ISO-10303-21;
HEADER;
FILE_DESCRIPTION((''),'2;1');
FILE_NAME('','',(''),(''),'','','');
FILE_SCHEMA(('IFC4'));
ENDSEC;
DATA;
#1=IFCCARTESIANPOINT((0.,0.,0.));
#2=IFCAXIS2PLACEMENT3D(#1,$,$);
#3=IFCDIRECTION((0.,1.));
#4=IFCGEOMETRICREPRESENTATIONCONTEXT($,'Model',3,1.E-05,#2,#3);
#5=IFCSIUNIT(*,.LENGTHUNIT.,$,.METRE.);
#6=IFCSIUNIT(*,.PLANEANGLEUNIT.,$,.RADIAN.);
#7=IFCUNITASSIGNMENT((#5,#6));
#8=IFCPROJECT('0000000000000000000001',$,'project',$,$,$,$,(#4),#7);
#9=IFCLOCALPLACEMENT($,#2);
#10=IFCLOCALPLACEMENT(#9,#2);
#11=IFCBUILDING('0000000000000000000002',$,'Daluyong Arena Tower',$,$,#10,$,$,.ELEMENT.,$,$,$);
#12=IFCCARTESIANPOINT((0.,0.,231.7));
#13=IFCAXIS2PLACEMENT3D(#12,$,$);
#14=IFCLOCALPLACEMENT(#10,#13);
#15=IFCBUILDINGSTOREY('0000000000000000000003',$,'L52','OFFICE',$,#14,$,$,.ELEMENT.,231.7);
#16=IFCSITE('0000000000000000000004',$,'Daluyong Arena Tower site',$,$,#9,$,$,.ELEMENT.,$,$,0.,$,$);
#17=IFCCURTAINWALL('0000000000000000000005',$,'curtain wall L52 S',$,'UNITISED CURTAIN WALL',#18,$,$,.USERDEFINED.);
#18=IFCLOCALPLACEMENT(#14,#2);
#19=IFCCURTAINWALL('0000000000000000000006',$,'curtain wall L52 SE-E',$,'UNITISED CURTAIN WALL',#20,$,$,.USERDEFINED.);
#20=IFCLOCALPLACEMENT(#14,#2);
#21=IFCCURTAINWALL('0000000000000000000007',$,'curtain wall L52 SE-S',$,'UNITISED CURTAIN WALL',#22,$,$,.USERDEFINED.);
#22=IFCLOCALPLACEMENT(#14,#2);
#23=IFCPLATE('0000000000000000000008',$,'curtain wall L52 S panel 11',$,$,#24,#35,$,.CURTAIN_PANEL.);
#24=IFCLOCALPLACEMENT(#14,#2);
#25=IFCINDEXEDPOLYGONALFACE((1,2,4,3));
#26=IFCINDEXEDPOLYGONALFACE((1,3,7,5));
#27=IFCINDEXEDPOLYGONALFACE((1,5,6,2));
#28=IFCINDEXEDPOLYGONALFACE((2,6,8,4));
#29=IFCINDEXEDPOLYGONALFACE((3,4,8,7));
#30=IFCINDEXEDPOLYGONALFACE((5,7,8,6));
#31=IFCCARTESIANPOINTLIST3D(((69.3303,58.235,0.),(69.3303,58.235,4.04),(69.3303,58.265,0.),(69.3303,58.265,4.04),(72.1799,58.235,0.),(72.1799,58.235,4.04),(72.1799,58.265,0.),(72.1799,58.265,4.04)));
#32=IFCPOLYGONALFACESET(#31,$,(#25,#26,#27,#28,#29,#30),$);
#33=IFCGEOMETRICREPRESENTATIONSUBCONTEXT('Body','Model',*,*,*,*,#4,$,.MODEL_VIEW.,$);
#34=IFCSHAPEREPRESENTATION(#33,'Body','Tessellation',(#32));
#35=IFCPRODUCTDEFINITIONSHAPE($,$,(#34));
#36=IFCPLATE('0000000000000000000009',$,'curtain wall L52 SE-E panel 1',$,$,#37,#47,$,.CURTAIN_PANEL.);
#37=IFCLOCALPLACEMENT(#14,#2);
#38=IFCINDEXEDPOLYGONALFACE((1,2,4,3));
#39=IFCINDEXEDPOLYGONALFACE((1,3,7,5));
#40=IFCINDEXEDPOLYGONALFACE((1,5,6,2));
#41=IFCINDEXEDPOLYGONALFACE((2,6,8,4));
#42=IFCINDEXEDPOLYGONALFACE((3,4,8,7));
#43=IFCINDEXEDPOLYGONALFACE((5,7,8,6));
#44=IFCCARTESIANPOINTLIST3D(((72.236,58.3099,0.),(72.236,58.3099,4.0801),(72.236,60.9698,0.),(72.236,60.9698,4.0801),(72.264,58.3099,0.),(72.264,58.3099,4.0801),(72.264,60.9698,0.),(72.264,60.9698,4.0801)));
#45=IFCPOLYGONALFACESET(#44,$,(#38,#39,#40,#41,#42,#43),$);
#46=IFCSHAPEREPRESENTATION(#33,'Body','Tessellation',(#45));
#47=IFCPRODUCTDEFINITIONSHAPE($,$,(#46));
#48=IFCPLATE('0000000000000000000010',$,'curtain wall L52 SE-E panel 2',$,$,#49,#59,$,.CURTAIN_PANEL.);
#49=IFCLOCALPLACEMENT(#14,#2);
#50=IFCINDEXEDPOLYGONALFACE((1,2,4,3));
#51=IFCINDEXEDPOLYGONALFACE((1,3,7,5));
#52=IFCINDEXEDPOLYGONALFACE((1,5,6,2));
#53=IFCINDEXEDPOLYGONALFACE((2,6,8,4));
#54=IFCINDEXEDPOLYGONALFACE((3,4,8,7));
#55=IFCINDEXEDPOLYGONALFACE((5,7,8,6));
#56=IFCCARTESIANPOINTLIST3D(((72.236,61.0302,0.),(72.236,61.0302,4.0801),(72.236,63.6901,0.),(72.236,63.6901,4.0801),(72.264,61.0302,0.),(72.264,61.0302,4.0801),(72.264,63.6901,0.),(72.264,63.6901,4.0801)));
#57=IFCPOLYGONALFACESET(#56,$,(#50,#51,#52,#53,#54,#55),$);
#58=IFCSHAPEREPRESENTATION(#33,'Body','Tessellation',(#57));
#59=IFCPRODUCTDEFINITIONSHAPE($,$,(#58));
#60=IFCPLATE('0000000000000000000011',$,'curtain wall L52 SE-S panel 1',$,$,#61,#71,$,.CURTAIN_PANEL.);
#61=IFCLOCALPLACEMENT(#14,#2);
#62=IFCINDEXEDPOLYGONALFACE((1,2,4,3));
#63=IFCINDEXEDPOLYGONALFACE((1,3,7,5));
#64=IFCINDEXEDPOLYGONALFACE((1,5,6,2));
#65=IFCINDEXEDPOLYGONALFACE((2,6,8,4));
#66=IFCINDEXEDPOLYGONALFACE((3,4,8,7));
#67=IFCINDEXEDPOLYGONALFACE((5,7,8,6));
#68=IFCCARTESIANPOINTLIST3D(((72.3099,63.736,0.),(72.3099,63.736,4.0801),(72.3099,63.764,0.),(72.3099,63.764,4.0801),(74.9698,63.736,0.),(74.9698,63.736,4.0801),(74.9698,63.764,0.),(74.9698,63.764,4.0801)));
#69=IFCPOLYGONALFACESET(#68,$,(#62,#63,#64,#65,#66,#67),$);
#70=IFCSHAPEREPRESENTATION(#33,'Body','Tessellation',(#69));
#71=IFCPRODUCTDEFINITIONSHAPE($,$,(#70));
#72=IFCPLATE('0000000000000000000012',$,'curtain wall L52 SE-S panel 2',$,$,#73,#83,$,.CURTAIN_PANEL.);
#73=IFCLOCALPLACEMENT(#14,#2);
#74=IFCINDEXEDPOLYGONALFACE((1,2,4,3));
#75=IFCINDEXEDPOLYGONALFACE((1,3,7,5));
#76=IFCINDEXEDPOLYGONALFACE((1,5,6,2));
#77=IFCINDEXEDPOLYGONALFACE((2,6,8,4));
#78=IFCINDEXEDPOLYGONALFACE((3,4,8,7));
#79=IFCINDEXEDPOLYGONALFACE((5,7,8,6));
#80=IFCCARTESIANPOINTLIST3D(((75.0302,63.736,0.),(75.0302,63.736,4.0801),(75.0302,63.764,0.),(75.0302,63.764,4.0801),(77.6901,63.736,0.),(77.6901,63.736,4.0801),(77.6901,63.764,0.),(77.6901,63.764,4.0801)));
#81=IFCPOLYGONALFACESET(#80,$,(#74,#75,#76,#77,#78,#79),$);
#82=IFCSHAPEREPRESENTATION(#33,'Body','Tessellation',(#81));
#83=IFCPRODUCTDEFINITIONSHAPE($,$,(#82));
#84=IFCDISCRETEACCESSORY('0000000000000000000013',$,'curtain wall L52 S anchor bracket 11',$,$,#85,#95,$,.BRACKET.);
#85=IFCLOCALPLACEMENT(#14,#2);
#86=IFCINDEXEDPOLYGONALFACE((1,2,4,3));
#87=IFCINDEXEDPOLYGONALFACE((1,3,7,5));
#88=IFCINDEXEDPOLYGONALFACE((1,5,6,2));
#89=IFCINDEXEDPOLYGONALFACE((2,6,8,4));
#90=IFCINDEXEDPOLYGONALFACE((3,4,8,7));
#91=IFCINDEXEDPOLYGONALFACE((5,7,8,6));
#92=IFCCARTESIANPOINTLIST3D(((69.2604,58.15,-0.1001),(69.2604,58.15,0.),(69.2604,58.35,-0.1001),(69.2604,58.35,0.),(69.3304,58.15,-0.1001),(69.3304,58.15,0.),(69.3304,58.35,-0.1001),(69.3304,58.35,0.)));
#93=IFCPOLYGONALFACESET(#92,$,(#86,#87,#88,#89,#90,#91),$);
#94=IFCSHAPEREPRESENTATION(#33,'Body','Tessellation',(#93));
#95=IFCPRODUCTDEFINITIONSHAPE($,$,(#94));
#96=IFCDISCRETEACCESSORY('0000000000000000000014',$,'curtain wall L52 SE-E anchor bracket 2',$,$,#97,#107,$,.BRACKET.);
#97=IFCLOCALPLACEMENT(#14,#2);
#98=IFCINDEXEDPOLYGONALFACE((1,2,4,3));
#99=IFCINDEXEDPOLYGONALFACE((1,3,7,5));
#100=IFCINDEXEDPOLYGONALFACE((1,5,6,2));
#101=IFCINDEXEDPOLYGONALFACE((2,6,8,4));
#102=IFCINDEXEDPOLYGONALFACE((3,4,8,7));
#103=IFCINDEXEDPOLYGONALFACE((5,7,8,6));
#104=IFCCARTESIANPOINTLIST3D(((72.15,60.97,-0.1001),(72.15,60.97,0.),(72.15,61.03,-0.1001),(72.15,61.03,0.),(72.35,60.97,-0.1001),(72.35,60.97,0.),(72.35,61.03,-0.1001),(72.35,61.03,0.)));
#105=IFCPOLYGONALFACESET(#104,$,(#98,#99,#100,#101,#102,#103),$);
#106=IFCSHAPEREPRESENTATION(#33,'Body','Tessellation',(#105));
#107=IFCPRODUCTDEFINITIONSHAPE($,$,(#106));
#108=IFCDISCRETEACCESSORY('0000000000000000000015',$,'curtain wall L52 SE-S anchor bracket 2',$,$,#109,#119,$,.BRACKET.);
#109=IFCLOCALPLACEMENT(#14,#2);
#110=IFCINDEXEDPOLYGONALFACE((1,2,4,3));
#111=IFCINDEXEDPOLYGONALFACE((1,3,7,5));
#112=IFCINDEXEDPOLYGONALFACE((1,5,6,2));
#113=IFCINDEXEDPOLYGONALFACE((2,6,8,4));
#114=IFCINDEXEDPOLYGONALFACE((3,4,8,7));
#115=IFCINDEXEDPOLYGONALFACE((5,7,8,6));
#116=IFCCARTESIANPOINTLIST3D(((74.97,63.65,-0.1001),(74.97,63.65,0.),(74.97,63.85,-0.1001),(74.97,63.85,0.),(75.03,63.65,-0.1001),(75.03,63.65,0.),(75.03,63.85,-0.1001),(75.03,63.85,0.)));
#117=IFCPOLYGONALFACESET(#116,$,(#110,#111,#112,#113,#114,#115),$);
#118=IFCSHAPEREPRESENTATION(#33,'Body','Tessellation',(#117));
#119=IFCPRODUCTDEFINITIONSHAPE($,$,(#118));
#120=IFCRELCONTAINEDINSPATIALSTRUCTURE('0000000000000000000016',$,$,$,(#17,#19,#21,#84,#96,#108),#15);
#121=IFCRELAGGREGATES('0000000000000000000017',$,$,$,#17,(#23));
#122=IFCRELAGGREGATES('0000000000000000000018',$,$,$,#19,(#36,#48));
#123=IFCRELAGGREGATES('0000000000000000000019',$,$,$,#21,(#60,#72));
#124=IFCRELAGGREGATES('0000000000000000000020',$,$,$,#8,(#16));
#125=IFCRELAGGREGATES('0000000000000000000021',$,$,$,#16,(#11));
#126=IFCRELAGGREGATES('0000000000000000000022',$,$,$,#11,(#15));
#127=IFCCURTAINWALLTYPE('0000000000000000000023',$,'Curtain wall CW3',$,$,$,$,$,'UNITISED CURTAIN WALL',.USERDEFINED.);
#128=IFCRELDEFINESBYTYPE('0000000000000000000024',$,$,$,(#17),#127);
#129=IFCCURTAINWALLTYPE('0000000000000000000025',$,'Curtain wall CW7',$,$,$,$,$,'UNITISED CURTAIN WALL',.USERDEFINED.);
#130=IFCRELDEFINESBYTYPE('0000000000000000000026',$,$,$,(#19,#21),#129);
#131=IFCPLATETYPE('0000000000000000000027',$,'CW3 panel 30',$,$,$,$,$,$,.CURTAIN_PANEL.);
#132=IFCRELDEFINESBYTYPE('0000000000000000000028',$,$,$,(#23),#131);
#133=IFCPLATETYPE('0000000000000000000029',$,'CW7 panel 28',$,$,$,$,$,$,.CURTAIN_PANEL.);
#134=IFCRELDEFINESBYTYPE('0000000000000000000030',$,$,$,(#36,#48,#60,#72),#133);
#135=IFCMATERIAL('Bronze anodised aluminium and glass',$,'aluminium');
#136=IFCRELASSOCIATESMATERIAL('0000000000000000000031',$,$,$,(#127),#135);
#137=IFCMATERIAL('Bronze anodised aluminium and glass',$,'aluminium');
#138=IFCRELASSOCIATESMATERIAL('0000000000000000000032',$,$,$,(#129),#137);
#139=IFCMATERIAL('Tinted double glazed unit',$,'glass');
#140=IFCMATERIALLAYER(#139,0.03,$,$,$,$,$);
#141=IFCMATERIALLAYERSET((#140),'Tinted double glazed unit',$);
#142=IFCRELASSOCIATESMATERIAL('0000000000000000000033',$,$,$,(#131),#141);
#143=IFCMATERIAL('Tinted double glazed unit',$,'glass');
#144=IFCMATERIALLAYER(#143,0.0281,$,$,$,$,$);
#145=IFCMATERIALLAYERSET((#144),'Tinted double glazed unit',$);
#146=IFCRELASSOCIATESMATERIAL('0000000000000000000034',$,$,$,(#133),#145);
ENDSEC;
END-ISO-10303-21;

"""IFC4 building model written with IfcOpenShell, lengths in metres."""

from ifc_helpers import new_model, si_unit, direction, frame, origin, origin_2d, place, context, subcontext, project, spatial, rectangle, extrude, material, layer, layer_set, type_object, element, aggregate, save


model = new_model("IFC4")

# Units and contexts
model_context = context("Model", 3, precision=1e-05, world=origin(), true_north=direction((0.0, 1.0)))
body_context = subcontext(model_context, "Body", "Model", "MODEL_VIEW")
ifc_project = project(units=[si_unit("LENGTHUNIT", "METRE"), si_unit("PLANEANGLEUNIT", "RADIAN")], contexts=[model_context])

# Site, building, storey
site_placement = place(None, origin())
site = spatial("IfcSite", under=ifc_project, at=site_placement, Name="Daluyong Arena Tower site", CompositionType="ELEMENT", RefElevation=0.0)
building_placement = place(site_placement, origin())
building = spatial("IfcBuilding", under=site, at=building_placement, Name="Daluyong Arena Tower", CompositionType="ELEMENT")
storey_placement = place(building_placement, frame((0.0, 0.0, 231.7)))
storey = spatial("IfcBuildingStorey", under=building, at=storey_placement, Name="L52", Description="OFFICE", CompositionType="ELEMENT", Elevation=231.7)

# Curtain wall
ifc_material_1 = material(Name="Bronze anodised aluminium and glass", Category="aluminium")
curtain_wall_type_1 = type_object("IfcCurtainWallType", Name="Curtain wall CW3", ElementType="UNITISED CURTAIN WALL", PredefinedType="USERDEFINED", material=ifc_material_1)
curtain_wall_1_placement = place(storey_placement, origin())
curtain_wall_1 = element("IfcCurtainWall", 1, at=curtain_wall_1_placement, inside=storey, type_object=curtain_wall_type_1, Name="curtain wall L52 S", ObjectType="UNITISED CURTAIN WALL", PredefinedType="USERDEFINED")

# Curtain walls
ifc_material_2 = material(Name="Bronze anodised aluminium and glass", Category="aluminium")
curtain_wall_type_2 = type_object("IfcCurtainWallType", Name="Curtain wall CW7", ElementType="UNITISED CURTAIN WALL", PredefinedType="USERDEFINED", material=ifc_material_2)
curtain_wall_2_placement = place(storey_placement, origin())
curtain_wall_2 = element("IfcCurtainWall", 2, at=curtain_wall_2_placement, inside=storey, type_object=curtain_wall_type_2, Name="curtain wall L52 SE-E", ObjectType="UNITISED CURTAIN WALL", PredefinedType="USERDEFINED")
curtain_wall_3_placement = place(storey_placement, origin())
curtain_wall_3 = element("IfcCurtainWall", 3, at=curtain_wall_3_placement, inside=storey, type_object=curtain_wall_type_2, Name="curtain wall L52 SE-S", ObjectType="UNITISED CURTAIN WALL", PredefinedType="USERDEFINED")

# Plates
ifc_material_3 = material(Name="Tinted double glazed unit", Category="glass")
ifc_layer_1 = layer(ifc_material_3, 0.03)
ifc_layer_set_1 = layer_set([ifc_layer_1], Name="Tinted double glazed unit")
plate_type_1 = type_object("IfcPlateType", Name="CW3 panel 30", PredefinedType="CURTAIN_PANEL", material=ifc_layer_set_1)
plate_1_placement = place(storey_placement, frame((70.7551, 58.25, 0.0), z_axis=(0.0, 0.0, 1.0), x_axis=(1.0, 0.0, 0.0)))
plate_1 = element("IfcPlate", 4, at=plate_1_placement, type_object=plate_type_1, Name="curtain wall L52 S panel 11", PredefinedType="CURTAIN_PANEL", context=body_context, shape_type="SweptSolid", body=[
    extrude(rectangle(XDim=2.8496, YDim=0.03, at=origin_2d()), origin(), (0.0, 0.0, 1.0), 4.04),
])
aggregate(curtain_wall_1, [plate_1])
ifc_material_4 = material(Name="Tinted double glazed unit", Category="glass")
ifc_layer_2 = layer(ifc_material_4, 0.0281)
ifc_layer_set_2 = layer_set([ifc_layer_2], Name="Tinted double glazed unit")
plate_type_2 = type_object("IfcPlateType", Name="CW7 panel 28", PredefinedType="CURTAIN_PANEL", material=ifc_layer_set_2)
plate_2_placement = place(storey_placement, frame((72.25, 59.6399, 0.0), z_axis=(0.0, 0.0, 1.0), x_axis=(0.0, 1.0, 0.0)))
plate_2 = element("IfcPlate", 5, at=plate_2_placement, type_object=plate_type_2, Name="curtain wall L52 SE-E panel 1", PredefinedType="CURTAIN_PANEL", context=body_context, shape_type="SweptSolid", body=[
    extrude(rectangle(XDim=2.6599, YDim=0.0281, at=origin_2d()), origin(), (0.0, 0.0, 1.0), 4.0801),
])
plate_3_placement = place(storey_placement, frame((72.25, 62.3601, 0.0), z_axis=(0.0, 0.0, 1.0), x_axis=(0.0, 1.0, 0.0)))
plate_3 = element("IfcPlate", 6, at=plate_3_placement, type_object=plate_type_2, Name="curtain wall L52 SE-E panel 2", PredefinedType="CURTAIN_PANEL", context=body_context, shape_type="SweptSolid", body=[
    extrude(rectangle(XDim=2.6599, YDim=0.0281, at=origin_2d()), origin(), (0.0, 0.0, 1.0), 4.0801),
])
aggregate(curtain_wall_2, [plate_2, plate_3])
plate_4_placement = place(storey_placement, frame((73.6399, 63.75, 0.0), z_axis=(0.0, 0.0, 1.0), x_axis=(1.0, 0.0, 0.0)))
plate_4 = element("IfcPlate", 7, at=plate_4_placement, type_object=plate_type_2, Name="curtain wall L52 SE-S panel 1", PredefinedType="CURTAIN_PANEL", context=body_context, shape_type="SweptSolid", body=[
    extrude(rectangle(XDim=2.6599, YDim=0.0281, at=origin_2d()), origin(), (0.0, 0.0, 1.0), 4.0801),
])
plate_5_placement = place(storey_placement, frame((76.3601, 63.75, 0.0), z_axis=(0.0, 0.0, 1.0), x_axis=(1.0, 0.0, 0.0)))
plate_5 = element("IfcPlate", 8, at=plate_5_placement, type_object=plate_type_2, Name="curtain wall L52 SE-S panel 2", PredefinedType="CURTAIN_PANEL", context=body_context, shape_type="SweptSolid", body=[
    extrude(rectangle(XDim=2.6599, YDim=0.0281, at=origin_2d()), origin(), (0.0, 0.0, 1.0), 4.0801),
])
aggregate(curtain_wall_3, [plate_4, plate_5])

# Discrete accessories
discrete_accessory_placement = place(storey_placement, frame((69.2954, 58.25, -0.1001), z_axis=(0.0, 0.0, 1.0), x_axis=(1.0, 0.0, 0.0)))
element("IfcDiscreteAccessory", 9, at=discrete_accessory_placement, inside=storey, Name="curtain wall L52 S anchor bracket 11", PredefinedType="BRACKET", context=body_context, shape_type="SweptSolid", body=[
    extrude(rectangle(XDim=0.0701, YDim=0.2, at=origin_2d()), origin(), (0.0, 0.0, 1.0), 0.1001),
])
for number, where, z_axis, x_axis, name in (
    (10, (72.25, 61.0, -0.1001), (0.0, 0.0, 1.0), (0.0, 1.0, 0.0), "curtain wall L52 SE-E anchor bracket 2"),
    (11, (75.0, 63.75, -0.1001), (0.0, 0.0, 1.0), (1.0, 0.0, 0.0), "curtain wall L52 SE-S anchor bracket 2"),
):
    element("IfcDiscreteAccessory", number, at=place(storey_placement, frame(where, z_axis=z_axis, x_axis=x_axis)), inside=storey, Name=name, PredefinedType="BRACKET", context=body_context, shape_type="SweptSolid", body=[
        extrude(rectangle(XDim=0.0601, YDim=0.2, at=origin_2d()), origin(), (0.0, 0.0, 1.0), 0.1001),
    ])

save(model, "model.ifc")
